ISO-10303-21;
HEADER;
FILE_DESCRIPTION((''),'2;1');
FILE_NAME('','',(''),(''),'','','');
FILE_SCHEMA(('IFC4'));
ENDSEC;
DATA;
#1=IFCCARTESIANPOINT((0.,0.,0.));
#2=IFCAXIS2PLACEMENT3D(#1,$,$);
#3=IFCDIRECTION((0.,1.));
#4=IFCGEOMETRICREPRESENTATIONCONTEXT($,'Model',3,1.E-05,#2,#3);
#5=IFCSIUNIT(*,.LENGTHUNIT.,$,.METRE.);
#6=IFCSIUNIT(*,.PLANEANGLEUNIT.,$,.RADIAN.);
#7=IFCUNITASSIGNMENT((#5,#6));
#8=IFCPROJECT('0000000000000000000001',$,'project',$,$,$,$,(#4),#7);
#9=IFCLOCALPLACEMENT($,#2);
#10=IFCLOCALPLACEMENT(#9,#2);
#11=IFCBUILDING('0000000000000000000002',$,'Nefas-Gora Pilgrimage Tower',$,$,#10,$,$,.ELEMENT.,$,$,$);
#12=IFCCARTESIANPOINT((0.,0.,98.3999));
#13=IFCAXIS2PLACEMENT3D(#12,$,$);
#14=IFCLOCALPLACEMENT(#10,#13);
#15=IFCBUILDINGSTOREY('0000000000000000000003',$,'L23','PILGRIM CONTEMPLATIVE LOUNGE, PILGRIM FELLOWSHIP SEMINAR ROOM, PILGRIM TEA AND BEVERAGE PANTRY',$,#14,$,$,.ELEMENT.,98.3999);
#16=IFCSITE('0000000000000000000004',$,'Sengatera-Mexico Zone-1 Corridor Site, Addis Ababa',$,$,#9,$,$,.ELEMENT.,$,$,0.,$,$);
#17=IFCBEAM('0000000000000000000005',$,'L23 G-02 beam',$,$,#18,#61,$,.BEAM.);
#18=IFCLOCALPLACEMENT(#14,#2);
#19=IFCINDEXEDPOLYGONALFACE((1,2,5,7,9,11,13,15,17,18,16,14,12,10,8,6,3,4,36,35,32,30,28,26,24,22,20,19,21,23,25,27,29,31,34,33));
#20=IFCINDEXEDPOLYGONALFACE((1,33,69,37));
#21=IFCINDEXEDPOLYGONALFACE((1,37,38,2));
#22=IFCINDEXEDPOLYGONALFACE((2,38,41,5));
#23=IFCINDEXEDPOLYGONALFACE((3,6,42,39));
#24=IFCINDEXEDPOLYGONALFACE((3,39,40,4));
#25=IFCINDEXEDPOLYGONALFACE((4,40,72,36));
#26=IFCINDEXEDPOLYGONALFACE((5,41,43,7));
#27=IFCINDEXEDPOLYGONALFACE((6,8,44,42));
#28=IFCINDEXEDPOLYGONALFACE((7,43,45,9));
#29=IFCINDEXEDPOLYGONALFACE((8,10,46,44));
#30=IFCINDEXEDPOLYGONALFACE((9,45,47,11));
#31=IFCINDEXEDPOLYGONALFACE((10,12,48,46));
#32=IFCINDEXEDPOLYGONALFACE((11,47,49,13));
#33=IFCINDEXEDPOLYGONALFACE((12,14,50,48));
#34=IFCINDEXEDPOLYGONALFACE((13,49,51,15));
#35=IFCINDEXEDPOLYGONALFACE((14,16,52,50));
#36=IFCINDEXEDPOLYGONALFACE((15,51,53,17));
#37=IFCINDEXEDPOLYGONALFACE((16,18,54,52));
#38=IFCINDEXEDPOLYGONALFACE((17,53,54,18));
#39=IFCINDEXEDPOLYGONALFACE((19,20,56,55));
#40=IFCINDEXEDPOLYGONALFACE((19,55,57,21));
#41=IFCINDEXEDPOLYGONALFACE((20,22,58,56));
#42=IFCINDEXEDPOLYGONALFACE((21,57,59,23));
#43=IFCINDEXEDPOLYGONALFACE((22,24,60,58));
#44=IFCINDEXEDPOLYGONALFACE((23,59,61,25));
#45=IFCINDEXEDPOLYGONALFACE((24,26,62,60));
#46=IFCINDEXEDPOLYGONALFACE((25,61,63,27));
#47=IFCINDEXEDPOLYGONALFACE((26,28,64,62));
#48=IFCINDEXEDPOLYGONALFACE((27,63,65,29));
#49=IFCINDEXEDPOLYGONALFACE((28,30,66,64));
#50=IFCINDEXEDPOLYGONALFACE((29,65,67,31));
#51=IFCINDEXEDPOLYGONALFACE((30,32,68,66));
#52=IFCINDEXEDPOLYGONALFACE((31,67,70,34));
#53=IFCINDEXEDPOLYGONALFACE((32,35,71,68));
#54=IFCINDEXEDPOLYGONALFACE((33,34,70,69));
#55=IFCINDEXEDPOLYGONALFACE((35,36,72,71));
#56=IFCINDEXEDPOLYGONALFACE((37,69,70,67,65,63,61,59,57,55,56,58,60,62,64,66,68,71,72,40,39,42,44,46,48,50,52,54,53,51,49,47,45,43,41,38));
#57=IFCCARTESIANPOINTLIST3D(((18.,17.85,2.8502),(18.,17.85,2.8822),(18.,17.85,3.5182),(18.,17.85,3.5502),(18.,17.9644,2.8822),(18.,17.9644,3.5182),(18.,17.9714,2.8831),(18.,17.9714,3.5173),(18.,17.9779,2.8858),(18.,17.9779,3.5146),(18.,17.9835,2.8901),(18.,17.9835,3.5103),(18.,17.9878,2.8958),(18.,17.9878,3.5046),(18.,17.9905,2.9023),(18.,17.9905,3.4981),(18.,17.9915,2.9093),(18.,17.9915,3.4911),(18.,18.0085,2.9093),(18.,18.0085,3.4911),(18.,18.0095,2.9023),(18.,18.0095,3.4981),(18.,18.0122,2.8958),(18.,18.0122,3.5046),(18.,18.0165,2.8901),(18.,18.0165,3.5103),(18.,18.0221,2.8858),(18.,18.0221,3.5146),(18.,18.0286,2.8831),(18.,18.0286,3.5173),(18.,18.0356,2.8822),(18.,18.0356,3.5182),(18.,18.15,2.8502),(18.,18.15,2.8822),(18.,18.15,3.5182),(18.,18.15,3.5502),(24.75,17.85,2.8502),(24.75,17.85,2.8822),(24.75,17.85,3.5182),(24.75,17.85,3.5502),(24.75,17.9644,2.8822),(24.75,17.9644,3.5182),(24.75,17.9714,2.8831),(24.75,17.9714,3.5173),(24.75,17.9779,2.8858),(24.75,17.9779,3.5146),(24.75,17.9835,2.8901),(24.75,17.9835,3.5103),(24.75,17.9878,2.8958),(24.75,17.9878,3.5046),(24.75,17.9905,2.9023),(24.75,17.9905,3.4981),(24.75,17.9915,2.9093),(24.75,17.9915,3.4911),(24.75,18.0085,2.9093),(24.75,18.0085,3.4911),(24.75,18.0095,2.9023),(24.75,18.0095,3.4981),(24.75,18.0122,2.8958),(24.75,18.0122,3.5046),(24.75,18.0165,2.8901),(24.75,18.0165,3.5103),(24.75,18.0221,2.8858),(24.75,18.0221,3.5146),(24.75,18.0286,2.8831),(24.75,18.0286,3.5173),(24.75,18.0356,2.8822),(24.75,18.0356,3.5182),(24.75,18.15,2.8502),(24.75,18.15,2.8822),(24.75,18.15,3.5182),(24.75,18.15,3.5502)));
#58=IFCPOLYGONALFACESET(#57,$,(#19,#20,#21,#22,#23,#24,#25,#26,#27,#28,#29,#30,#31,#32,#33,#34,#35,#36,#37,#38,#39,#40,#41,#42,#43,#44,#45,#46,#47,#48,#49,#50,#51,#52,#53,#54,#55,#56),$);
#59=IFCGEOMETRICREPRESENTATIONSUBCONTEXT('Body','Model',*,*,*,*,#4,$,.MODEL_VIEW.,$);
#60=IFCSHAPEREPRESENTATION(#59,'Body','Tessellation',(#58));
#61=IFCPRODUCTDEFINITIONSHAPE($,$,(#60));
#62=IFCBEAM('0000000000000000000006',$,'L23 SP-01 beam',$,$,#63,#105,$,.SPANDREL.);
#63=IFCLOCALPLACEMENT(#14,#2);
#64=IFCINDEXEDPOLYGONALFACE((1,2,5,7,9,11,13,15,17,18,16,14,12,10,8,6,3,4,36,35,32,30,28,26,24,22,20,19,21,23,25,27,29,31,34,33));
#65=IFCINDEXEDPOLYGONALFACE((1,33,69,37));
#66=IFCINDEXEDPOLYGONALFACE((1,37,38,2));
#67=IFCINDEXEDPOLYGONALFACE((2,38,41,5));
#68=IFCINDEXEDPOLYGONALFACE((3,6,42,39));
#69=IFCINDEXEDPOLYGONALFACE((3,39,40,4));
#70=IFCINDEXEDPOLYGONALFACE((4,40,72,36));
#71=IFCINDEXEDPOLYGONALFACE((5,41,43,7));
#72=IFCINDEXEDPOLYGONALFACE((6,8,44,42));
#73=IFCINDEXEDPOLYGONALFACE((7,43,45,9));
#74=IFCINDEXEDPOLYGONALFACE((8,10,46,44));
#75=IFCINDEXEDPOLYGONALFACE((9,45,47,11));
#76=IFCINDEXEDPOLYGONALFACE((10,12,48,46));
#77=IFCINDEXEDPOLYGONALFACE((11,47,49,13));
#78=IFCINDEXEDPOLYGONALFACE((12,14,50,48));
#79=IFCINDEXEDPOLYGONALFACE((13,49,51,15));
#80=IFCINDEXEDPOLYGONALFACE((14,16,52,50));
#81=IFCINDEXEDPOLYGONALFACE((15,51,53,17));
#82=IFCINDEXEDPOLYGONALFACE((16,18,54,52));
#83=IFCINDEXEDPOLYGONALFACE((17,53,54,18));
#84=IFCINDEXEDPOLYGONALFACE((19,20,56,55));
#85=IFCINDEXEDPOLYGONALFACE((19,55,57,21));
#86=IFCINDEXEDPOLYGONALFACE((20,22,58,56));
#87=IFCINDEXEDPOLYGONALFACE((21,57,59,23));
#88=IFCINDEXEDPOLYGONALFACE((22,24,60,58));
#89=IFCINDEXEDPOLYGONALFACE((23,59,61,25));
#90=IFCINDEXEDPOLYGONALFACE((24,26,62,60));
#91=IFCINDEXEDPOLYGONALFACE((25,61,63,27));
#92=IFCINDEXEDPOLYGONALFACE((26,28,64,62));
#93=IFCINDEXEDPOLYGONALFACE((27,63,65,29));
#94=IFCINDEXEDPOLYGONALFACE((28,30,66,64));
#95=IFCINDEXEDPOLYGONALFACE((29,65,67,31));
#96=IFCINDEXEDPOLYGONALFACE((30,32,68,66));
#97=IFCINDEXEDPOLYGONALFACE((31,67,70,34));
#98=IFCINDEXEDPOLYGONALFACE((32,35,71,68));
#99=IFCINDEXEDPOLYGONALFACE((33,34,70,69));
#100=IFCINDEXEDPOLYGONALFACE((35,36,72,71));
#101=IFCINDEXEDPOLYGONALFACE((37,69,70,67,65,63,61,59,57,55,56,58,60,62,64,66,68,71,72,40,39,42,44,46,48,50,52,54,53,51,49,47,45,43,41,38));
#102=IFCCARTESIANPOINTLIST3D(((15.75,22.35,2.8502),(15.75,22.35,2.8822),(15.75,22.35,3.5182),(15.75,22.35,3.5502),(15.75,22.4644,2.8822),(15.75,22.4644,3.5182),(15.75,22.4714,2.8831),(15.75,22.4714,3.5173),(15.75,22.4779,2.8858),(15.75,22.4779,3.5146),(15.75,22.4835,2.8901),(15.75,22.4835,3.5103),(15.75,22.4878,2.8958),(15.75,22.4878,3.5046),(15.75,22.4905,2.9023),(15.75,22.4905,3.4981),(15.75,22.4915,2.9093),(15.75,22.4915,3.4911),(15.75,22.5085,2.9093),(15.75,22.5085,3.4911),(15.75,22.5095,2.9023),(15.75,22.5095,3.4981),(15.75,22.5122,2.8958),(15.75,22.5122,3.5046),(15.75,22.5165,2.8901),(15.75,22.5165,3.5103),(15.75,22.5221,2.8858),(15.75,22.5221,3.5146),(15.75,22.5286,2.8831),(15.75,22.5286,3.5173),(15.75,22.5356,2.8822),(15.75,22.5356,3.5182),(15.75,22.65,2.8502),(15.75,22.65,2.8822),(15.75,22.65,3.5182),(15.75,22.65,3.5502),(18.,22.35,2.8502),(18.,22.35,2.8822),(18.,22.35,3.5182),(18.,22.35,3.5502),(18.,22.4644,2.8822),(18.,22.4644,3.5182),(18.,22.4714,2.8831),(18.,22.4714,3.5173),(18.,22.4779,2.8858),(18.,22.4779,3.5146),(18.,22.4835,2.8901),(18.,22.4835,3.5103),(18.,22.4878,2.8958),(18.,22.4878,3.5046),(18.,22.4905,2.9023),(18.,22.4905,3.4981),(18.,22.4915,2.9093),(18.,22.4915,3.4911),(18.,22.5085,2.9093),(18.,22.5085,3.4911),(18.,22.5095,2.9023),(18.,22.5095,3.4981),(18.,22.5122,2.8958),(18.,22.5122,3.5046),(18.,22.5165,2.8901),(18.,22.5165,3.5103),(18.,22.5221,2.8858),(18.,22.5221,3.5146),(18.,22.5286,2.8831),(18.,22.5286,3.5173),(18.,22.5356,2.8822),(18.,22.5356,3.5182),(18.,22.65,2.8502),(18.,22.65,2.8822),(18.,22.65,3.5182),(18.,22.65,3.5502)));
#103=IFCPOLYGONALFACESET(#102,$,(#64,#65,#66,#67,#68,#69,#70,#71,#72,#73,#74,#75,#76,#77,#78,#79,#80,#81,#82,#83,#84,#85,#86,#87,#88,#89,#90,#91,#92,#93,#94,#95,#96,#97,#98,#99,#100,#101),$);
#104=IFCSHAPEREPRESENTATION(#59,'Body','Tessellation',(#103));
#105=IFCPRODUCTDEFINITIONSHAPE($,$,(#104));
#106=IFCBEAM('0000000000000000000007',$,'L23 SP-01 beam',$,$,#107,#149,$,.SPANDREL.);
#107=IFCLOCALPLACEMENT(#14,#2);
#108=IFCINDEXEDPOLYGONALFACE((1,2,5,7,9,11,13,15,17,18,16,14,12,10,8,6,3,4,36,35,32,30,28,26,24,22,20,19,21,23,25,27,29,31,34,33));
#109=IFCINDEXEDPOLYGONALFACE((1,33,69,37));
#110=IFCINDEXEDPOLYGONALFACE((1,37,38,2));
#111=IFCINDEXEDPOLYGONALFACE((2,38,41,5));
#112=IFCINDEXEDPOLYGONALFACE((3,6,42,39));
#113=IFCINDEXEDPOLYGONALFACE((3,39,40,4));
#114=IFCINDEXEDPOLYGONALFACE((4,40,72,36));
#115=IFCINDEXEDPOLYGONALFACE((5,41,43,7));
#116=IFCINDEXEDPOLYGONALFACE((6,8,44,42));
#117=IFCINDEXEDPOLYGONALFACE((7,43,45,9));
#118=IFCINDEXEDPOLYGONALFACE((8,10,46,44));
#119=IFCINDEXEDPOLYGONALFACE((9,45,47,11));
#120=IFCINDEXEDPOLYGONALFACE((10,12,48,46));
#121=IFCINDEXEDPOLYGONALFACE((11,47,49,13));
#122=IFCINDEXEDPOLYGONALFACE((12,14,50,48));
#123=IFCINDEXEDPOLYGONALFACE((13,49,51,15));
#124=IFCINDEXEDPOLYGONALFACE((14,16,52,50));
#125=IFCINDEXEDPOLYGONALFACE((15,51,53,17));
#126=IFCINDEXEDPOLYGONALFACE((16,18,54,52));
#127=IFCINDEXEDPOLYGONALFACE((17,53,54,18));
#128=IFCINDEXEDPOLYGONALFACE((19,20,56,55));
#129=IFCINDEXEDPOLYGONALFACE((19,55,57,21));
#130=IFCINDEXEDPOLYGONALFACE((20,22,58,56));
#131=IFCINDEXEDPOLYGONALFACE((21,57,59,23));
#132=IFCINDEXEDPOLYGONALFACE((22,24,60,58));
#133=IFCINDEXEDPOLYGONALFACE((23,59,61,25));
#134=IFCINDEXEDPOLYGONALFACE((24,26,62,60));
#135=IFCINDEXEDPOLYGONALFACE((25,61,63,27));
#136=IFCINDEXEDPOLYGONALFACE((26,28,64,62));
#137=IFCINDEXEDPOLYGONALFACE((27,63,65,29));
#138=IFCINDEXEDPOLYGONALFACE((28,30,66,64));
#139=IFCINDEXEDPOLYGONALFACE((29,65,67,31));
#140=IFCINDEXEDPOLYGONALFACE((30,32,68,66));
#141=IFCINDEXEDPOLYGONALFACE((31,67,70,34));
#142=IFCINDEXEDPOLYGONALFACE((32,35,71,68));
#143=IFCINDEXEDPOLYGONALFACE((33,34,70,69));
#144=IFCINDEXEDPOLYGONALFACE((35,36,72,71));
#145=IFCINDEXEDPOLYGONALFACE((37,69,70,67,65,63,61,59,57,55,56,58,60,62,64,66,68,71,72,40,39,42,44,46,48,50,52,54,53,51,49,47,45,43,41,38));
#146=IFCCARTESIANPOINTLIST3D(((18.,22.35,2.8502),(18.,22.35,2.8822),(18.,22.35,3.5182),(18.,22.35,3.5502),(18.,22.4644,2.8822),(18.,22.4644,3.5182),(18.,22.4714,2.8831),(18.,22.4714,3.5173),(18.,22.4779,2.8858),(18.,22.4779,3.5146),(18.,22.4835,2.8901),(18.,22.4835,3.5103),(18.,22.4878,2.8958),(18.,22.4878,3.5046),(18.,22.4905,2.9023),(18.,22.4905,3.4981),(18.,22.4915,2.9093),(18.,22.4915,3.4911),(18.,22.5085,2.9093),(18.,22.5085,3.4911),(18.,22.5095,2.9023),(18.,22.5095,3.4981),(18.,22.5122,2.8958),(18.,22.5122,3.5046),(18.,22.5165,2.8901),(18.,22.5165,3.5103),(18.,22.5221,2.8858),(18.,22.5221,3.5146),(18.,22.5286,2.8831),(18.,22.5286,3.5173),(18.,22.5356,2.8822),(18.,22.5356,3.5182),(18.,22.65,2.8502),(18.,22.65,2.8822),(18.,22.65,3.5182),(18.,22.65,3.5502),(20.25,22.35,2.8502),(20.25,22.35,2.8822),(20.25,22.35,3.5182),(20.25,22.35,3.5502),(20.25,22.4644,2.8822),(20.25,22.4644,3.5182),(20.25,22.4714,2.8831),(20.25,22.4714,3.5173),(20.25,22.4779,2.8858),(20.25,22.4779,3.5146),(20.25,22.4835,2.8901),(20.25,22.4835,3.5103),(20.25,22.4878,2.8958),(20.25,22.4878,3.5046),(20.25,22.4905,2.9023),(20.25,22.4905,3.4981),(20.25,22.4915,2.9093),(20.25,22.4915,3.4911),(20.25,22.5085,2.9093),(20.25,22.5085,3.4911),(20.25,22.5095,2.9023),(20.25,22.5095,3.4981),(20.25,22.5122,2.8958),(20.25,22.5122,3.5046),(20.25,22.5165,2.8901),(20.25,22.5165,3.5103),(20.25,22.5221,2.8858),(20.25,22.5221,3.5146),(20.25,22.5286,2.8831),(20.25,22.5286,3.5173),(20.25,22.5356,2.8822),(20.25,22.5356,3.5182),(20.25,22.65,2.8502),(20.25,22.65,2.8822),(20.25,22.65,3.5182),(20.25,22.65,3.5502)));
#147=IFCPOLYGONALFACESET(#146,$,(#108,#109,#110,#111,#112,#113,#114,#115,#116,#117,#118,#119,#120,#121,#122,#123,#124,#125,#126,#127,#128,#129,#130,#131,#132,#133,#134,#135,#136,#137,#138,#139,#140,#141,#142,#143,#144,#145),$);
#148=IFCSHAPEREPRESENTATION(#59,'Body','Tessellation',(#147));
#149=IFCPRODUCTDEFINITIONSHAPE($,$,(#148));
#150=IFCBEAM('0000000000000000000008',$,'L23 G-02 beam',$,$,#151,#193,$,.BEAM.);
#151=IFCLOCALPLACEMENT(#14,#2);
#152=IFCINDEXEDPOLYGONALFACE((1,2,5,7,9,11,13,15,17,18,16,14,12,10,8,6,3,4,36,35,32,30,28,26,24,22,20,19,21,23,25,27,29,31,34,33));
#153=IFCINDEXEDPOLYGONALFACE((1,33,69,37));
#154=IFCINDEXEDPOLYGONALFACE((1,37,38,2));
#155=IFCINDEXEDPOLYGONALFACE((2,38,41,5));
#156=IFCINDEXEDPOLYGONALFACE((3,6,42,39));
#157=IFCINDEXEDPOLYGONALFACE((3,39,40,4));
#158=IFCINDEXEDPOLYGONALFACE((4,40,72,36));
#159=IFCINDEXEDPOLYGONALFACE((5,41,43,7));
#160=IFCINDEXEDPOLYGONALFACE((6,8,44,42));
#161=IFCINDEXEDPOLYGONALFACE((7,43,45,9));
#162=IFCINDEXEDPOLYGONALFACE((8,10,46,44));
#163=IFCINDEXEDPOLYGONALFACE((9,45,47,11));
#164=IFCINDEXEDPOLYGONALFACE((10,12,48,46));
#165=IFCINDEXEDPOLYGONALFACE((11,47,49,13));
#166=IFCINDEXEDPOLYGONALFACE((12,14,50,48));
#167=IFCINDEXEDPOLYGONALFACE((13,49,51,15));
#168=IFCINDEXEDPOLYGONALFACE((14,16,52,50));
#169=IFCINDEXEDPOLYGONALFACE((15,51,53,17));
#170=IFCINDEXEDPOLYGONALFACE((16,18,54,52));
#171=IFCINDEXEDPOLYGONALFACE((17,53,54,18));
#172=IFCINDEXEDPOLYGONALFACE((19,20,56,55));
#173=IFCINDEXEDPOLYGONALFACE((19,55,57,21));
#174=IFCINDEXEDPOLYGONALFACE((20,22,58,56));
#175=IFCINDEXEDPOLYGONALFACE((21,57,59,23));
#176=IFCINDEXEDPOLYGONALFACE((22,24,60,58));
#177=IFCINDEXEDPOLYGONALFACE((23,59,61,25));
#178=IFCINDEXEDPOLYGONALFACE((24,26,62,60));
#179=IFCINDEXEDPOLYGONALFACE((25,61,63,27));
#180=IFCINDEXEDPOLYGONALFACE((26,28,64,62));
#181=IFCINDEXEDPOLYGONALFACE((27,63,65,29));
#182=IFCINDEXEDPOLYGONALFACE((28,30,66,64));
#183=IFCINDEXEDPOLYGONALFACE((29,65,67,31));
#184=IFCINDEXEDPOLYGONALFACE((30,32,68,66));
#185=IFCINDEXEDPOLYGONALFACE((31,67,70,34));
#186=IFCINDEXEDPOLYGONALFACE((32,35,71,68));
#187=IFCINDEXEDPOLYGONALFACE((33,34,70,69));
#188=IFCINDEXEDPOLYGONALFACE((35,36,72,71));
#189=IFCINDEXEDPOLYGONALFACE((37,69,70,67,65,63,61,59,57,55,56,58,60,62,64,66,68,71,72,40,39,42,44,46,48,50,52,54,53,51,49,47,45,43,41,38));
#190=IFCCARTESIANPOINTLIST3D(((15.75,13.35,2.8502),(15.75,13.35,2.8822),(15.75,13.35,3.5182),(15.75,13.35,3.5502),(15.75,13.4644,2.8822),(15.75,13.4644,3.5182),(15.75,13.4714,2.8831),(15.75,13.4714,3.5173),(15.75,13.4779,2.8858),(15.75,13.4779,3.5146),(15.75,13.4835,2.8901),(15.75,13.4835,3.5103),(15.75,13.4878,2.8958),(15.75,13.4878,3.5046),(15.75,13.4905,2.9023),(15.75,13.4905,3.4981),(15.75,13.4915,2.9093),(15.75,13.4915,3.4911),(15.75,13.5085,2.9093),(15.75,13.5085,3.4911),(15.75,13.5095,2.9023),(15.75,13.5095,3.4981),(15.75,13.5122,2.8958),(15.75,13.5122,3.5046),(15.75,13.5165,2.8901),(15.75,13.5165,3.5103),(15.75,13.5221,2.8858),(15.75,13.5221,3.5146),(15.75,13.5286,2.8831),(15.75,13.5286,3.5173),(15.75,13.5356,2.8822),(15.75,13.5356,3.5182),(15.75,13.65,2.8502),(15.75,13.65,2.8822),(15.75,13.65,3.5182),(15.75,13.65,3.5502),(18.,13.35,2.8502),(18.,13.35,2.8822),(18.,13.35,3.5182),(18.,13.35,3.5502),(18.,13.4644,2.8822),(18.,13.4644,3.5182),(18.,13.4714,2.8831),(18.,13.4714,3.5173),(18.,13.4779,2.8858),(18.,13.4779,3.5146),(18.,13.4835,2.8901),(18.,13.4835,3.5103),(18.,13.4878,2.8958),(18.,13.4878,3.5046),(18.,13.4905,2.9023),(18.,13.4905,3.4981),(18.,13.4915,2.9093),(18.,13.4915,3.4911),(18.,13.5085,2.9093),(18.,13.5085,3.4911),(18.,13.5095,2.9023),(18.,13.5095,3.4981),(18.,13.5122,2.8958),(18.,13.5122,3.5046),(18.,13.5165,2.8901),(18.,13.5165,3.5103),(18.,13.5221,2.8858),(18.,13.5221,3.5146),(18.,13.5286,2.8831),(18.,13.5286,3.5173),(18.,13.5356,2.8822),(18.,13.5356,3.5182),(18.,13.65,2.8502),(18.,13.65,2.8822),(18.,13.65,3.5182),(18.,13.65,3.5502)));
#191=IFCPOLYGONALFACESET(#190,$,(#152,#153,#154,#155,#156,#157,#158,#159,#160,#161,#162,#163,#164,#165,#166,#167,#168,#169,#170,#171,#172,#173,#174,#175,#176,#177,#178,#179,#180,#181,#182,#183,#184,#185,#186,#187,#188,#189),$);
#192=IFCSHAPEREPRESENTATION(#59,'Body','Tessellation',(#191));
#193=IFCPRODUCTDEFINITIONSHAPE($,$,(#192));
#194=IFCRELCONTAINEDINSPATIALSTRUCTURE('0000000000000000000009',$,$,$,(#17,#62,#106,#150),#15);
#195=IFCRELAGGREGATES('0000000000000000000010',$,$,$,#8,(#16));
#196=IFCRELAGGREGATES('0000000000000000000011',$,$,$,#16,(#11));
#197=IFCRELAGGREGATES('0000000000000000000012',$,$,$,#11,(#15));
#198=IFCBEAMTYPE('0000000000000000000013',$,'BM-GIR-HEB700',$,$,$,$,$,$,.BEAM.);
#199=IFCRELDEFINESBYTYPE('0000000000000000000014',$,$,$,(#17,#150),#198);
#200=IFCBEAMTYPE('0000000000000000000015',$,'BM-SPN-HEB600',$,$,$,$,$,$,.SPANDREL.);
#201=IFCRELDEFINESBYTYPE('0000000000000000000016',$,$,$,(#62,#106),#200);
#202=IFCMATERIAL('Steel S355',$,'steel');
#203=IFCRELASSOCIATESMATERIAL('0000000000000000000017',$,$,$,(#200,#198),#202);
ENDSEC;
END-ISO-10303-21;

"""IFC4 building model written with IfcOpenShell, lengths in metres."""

from ifc_helpers import new_model, si_unit, direction, frame, origin, origin_2d, place, context, subcontext, project, spatial, i_section, extrude, source, transform, mapped, material, material_profile, profile_set, type_object, element, save


model = new_model("IFC4")

# Units and contexts
model_context = context("Model", 3, precision=1e-05, world=origin(), true_north=direction((0.0, 1.0)))
body_context = subcontext(model_context, "Body", "Model", "MODEL_VIEW")
ifc_project = project(units=[si_unit("LENGTHUNIT", "METRE"), si_unit("PLANEANGLEUNIT", "RADIAN")], contexts=[model_context])

# Site, building, storey
site_placement = place(None, origin())
site = spatial("IfcSite", under=ifc_project, at=site_placement, Name="Sengatera-Mexico Zone-1 Corridor Site, Addis Ababa", CompositionType="ELEMENT", RefElevation=0.0)
building_placement = place(site_placement, origin())
building = spatial("IfcBuilding", under=site, at=building_placement, Name="Nefas-Gora Pilgrimage Tower", CompositionType="ELEMENT")
storey_placement = place(building_placement, frame((0.0, 0.0, 98.3999)))
storey = spatial("IfcBuildingStorey", under=building, at=storey_placement, Name="L23", Description="PILGRIM CONTEMPLATIVE LOUNGE, PILGRIM FELLOWSHIP SEMINAR ROOM, PILGRIM TEA AND BEVERAGE PANTRY", CompositionType="ELEMENT", Elevation=98.3999)

# Beams
ifc_material_1 = material(Name="Steel S355", Category="steel")
ifc_material_profile_1 = material_profile(ifc_material_1, i_section(OverallWidth=0.3, OverallDepth=0.7, WebThickness=0.0171, FlangeThickness=0.032, FilletRadius=0.0271, at=origin_2d()), Name="HEB 700")
ifc_profile_set_1 = profile_set([ifc_material_profile_1], Name="Steel S355")
beam_type_1 = type_object("IfcBeamType", Name="BM-SPN-HEB600", PredefinedType="SPANDREL", material=ifc_profile_set_1)
ifc_material_profile_2 = material_profile(ifc_material_1, i_section(OverallWidth=0.3, OverallDepth=0.7, WebThickness=0.0171, FlangeThickness=0.032, FilletRadius=0.0271, at=origin_2d()), Name="HEB 700")
ifc_profile_set_2 = profile_set([ifc_material_profile_2], Name="Steel S355")
beam_type_2 = type_object("IfcBeamType", Name="BM-GIR-HEB700", PredefinedType="BEAM", material=ifc_profile_set_2)
shared_shape_1 = source(origin(), body_context, "Body", "SweptSolid", [
    extrude(i_section(OverallWidth=0.3, OverallDepth=0.7, WebThickness=0.0171, FlangeThickness=0.032, FilletRadius=0.0271, at=origin_2d()), origin(), (0.0, 0.0, 1.0), 6.75),
])
for number, where, z_axis, x_axis, name in (
    (1, (18.0, 18.0, 3.2002), (1.0, 0.0, 0.0), (0.0, 1.0, 0.0), "L23 G-02 beam"),
):
    element("IfcBeam", number, at=place(storey_placement, frame(where, z_axis=z_axis, x_axis=x_axis)), inside=storey, type_object=beam_type_2, Name=name, PredefinedType="BEAM", context=body_context, shape_type="MappedRepresentation", body=[
        mapped(shared_shape_1, transform((0.0, 0.0, 0.0), x_axis=(1.0, 0.0, 0.0), y_axis=(0.0, 1.0, 0.0), z_axis=(0.0, 0.0, 1.0), scale=1.0)),
    ])
shared_shape_2 = source(origin(), body_context, "Body", "SweptSolid", [
    extrude(i_section(OverallWidth=0.3, OverallDepth=0.7, WebThickness=0.0171, FlangeThickness=0.032, FilletRadius=0.0271, at=origin_2d()), origin(), (0.0, 0.0, 1.0), 2.25),
])
for number, where, z_axis, x_axis, name in (
    (2, (15.75, 22.5, 3.2002), (1.0, 0.0, 0.0), (0.0, 1.0, 0.0), "L23 SP-01 beam"),
    (3, (18.0, 22.5, 3.2002), (1.0, 0.0, 0.0), (0.0, 1.0, 0.0), "L23 SP-01 beam"),
):
    element("IfcBeam", number, at=place(storey_placement, frame(where, z_axis=z_axis, x_axis=x_axis)), inside=storey, type_object=beam_type_1, Name=name, PredefinedType="SPANDREL", context=body_context, shape_type="MappedRepresentation", body=[
        mapped(shared_shape_2, transform((0.0, 0.0, 0.0), x_axis=(1.0, 0.0, 0.0), y_axis=(0.0, 1.0, 0.0), z_axis=(0.0, 0.0, 1.0), scale=1.0)),
    ])
shared_shape_3 = source(origin(), body_context, "Body", "SweptSolid", [
    extrude(i_section(OverallWidth=0.3, OverallDepth=0.7, WebThickness=0.0171, FlangeThickness=0.032, FilletRadius=0.0271, at=origin_2d()), origin(), (0.0, 0.0, 1.0), 2.25),
])
beam_1_placement = place(storey_placement, frame((15.75, 13.5, 3.2002), z_axis=(1.0, 0.0, 0.0), x_axis=(0.0, 1.0, 0.0)))
element("IfcBeam", 4, at=beam_1_placement, inside=storey, type_object=beam_type_2, Name="L23 G-02 beam", PredefinedType="BEAM", context=body_context, shape_type="MappedRepresentation", body=[
    mapped(shared_shape_3, transform((0.0, 0.0, 0.0), x_axis=(1.0, 0.0, 0.0), y_axis=(0.0, 1.0, 0.0), z_axis=(0.0, 0.0, 1.0), scale=1.0)),
])

save(model, "model.ifc")
